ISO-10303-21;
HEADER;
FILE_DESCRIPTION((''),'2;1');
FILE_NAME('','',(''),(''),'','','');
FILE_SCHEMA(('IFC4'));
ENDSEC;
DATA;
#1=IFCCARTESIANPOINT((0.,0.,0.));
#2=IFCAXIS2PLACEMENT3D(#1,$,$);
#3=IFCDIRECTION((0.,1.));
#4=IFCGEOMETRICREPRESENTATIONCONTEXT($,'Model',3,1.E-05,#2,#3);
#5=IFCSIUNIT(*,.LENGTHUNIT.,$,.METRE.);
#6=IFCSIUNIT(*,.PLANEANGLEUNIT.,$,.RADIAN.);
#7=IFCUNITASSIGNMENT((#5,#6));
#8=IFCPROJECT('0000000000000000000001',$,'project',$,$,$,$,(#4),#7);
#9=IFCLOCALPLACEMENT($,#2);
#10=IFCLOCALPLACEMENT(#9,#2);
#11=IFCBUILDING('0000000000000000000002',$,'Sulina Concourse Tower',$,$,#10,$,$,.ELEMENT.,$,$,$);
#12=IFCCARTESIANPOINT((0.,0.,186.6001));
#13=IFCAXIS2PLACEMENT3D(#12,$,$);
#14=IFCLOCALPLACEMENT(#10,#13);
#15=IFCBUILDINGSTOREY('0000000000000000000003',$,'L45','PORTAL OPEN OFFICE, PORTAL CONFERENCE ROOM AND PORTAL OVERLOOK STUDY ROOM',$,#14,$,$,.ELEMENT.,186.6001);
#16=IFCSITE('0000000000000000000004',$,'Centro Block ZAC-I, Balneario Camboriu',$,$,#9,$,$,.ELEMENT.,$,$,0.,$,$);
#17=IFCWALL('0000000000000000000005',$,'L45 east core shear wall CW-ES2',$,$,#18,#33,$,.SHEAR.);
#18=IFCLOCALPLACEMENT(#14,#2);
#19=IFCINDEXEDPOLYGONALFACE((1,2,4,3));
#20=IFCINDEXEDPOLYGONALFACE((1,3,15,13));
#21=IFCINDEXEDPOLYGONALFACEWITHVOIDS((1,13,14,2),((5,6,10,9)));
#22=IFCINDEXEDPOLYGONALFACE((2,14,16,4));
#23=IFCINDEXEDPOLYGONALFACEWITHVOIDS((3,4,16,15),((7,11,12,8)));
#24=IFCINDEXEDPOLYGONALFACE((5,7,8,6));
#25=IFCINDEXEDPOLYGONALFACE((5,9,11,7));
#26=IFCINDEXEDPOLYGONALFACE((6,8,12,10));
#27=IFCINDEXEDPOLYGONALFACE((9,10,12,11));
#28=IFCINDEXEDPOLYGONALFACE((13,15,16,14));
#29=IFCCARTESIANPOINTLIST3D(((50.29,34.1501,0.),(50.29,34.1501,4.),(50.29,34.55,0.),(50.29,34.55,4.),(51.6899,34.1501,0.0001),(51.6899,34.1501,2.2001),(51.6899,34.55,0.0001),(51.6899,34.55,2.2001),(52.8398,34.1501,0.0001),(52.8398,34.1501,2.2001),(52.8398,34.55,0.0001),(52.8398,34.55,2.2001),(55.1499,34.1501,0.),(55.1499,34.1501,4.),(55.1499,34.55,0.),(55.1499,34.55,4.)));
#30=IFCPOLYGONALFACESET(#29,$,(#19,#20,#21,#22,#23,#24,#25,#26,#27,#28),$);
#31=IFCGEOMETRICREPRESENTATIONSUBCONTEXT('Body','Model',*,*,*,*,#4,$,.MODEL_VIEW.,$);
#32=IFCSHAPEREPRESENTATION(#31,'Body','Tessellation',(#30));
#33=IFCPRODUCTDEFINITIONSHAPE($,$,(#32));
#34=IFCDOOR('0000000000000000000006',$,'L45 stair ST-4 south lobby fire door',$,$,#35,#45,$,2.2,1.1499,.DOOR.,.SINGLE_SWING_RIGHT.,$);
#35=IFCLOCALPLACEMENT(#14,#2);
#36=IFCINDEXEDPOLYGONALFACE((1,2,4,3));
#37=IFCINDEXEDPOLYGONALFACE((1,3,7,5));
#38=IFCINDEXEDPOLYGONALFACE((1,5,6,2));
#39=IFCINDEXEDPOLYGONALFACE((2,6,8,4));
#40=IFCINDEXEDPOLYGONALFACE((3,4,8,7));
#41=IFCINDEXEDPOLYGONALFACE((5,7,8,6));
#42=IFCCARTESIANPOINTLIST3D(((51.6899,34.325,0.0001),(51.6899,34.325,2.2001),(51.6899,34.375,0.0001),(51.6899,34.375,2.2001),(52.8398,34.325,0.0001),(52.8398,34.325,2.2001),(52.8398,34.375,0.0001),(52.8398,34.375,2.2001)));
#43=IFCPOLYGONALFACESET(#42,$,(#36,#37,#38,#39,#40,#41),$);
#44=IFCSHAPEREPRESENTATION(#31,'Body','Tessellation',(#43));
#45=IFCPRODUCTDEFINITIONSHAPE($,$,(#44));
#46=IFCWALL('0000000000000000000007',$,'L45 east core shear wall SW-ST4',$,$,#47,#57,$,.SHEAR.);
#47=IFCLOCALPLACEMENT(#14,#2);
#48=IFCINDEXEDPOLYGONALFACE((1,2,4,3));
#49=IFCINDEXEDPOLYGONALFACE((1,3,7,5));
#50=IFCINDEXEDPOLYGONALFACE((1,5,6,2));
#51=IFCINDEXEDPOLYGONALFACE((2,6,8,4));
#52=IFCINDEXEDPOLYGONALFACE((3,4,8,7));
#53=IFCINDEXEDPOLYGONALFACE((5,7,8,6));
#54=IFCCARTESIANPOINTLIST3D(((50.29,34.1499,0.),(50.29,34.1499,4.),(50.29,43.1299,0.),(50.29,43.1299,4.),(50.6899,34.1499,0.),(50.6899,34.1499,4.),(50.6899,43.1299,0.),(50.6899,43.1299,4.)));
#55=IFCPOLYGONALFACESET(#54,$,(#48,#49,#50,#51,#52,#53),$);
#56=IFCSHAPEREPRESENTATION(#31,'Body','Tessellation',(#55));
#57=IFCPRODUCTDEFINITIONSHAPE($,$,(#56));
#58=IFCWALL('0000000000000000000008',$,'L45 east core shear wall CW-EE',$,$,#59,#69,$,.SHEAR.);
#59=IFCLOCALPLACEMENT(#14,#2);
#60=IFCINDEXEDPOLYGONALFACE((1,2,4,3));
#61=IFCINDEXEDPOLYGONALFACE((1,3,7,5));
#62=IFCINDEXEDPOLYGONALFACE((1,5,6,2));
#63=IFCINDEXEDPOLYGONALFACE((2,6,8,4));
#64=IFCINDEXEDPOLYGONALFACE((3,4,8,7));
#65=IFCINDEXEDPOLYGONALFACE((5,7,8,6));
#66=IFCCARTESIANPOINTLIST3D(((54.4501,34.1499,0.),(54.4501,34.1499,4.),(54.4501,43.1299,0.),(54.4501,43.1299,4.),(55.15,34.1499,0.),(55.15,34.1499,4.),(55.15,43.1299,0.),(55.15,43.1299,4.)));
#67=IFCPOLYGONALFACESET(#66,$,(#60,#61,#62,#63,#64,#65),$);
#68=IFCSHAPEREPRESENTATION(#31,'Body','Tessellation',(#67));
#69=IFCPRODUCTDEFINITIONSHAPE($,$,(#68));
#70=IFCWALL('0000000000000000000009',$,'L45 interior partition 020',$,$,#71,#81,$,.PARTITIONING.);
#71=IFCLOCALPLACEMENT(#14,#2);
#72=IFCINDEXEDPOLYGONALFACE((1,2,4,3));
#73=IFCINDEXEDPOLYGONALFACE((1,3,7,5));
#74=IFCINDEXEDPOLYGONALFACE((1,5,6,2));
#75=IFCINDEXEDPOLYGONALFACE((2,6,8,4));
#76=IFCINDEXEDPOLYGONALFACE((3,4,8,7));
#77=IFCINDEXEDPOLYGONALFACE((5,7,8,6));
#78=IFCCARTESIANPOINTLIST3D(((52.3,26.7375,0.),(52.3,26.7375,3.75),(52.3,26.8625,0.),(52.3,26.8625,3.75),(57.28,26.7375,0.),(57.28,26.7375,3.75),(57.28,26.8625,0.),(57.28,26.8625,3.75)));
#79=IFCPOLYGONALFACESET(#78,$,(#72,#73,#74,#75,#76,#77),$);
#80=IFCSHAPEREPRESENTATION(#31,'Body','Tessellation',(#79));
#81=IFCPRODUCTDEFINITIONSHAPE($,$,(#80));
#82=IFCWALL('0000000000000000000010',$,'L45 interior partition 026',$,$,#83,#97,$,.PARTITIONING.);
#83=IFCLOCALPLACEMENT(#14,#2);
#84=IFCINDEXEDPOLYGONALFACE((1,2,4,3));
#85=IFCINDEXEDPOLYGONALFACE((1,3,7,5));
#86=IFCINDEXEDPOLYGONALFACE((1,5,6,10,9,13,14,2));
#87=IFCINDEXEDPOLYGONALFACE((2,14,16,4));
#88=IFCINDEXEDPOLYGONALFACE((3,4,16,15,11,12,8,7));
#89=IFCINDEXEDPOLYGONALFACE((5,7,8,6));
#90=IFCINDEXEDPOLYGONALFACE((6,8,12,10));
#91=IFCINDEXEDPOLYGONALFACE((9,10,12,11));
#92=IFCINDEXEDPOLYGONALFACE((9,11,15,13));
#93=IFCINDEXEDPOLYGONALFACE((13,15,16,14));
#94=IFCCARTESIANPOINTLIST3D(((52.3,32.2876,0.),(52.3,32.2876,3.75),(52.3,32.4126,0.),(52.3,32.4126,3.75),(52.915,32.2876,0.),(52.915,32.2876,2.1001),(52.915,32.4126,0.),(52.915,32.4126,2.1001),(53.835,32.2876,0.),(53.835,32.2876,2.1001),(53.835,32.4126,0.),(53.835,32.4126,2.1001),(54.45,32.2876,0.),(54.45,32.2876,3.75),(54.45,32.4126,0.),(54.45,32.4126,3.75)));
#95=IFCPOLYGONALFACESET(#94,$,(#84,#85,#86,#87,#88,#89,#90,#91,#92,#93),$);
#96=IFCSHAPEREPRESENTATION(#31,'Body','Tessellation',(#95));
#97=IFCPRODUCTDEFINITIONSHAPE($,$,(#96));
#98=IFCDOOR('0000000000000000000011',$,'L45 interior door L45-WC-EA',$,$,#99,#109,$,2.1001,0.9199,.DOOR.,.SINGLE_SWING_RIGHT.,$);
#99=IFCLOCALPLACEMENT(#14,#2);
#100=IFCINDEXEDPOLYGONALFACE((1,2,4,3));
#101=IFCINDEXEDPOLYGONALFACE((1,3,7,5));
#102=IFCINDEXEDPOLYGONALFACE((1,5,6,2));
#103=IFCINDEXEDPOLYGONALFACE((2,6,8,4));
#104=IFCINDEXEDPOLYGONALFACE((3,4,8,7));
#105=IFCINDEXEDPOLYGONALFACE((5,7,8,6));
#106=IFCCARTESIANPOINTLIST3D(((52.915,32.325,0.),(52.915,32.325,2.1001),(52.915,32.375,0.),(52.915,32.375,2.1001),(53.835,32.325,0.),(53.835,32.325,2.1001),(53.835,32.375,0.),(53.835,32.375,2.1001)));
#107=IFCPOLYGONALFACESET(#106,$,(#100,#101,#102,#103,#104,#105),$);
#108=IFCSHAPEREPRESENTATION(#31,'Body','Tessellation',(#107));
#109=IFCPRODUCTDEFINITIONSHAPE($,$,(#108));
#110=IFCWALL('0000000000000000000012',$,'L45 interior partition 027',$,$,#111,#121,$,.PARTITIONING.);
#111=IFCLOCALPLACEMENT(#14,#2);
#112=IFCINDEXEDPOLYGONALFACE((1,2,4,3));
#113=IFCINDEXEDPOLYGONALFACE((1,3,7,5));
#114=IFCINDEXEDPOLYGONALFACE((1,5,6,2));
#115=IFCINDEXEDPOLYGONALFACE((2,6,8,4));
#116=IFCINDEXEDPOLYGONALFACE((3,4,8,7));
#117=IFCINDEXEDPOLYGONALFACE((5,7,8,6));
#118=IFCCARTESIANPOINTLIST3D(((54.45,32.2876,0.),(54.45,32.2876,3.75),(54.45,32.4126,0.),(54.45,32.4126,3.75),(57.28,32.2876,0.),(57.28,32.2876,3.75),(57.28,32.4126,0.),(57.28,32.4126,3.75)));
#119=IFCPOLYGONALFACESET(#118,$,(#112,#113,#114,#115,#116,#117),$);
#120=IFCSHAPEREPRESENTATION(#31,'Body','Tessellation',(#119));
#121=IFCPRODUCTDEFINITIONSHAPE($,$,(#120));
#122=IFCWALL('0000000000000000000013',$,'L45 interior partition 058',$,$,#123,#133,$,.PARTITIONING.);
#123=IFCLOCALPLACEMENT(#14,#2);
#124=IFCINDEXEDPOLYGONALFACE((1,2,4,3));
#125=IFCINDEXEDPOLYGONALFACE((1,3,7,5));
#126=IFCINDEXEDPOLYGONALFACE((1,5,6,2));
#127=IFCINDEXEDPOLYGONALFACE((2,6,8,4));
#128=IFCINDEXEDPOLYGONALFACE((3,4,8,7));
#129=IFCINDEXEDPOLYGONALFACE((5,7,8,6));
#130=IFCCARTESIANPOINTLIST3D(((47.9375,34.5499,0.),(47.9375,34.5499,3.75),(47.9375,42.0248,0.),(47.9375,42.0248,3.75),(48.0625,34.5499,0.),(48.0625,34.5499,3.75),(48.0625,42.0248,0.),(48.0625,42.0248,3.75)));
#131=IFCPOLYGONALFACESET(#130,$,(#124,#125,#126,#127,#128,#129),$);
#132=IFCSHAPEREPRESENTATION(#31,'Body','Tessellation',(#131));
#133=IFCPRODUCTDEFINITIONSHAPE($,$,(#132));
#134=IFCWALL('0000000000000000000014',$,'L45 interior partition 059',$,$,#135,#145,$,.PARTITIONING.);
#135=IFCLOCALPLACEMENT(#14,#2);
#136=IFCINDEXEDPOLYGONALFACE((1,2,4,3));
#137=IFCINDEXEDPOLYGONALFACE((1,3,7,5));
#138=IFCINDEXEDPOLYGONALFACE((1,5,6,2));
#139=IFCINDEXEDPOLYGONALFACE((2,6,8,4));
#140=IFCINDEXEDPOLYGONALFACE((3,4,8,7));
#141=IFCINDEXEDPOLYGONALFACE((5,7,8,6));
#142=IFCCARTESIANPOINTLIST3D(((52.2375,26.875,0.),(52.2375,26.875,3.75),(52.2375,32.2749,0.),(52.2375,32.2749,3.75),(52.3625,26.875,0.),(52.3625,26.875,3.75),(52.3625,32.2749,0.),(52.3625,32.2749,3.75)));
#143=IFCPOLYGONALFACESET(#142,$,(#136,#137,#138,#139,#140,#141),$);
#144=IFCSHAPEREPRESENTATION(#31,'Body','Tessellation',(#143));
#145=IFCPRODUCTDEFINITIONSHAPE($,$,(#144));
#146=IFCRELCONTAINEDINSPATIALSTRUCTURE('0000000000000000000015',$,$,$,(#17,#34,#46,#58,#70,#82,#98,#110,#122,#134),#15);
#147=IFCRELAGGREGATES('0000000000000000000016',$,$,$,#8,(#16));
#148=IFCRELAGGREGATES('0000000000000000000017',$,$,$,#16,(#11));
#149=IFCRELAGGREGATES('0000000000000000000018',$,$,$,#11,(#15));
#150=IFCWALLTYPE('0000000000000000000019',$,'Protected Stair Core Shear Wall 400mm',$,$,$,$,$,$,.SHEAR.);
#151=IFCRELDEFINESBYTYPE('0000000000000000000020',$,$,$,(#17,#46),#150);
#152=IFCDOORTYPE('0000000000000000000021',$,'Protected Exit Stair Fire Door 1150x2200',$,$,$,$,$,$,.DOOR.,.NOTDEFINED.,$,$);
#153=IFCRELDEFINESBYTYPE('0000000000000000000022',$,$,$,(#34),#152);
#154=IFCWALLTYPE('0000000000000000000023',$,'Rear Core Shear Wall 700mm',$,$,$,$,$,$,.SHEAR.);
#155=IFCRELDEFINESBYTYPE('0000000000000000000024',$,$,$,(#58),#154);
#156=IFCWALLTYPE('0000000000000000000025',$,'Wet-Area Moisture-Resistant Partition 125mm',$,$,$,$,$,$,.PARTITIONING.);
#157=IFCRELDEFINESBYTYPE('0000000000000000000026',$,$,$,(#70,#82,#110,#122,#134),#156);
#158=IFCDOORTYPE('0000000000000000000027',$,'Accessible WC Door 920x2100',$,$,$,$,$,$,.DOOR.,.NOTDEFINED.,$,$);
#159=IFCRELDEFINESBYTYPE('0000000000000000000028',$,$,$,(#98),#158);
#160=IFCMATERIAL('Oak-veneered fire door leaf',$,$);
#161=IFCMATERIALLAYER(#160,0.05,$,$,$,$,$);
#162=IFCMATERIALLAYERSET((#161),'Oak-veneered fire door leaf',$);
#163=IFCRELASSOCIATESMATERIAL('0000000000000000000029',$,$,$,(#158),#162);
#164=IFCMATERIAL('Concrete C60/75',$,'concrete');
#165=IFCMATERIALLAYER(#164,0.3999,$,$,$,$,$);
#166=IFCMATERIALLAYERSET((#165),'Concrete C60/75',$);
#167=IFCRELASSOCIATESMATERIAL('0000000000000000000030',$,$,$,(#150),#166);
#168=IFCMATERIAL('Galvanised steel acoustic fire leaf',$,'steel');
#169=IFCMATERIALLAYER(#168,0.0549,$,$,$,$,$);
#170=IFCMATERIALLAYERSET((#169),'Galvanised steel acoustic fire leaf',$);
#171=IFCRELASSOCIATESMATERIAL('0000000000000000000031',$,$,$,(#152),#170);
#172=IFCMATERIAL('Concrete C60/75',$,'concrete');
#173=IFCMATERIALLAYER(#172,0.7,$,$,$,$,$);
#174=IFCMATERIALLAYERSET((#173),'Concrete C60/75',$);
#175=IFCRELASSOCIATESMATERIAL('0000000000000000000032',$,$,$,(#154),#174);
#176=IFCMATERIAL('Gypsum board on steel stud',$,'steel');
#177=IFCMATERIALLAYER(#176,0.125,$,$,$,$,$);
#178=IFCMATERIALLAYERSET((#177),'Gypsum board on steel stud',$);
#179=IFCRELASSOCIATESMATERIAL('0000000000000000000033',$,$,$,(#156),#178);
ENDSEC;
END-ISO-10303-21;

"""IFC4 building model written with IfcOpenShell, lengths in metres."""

from ifc_helpers import new_model, si_unit, direction, frame, frame_2d, origin, place, context, subcontext, project, spatial, rectangle, extrude, material, layer, layer_set, type_object, element, fill, save


model = new_model("IFC4")

# Units and contexts
model_context = context("Model", 3, precision=1e-05, world=origin(), true_north=direction((0.0, 1.0)))
body_context = subcontext(model_context, "Body", "Model", "MODEL_VIEW")
ifc_project = project(units=[si_unit("LENGTHUNIT", "METRE"), si_unit("PLANEANGLEUNIT", "RADIAN")], contexts=[model_context])

# Site, building, storey
site_placement = place(None, origin())
site = spatial("IfcSite", under=ifc_project, at=site_placement, Name="Centro Block ZAC-I, Balneario Camboriu", CompositionType="ELEMENT", RefElevation=0.0)
building_placement = place(site_placement, origin())
building = spatial("IfcBuilding", under=site, at=building_placement, Name="Sulina Concourse Tower", CompositionType="ELEMENT")
storey_placement = place(building_placement, frame((0.0, 0.0, 186.6001)))
storey = spatial("IfcBuildingStorey", under=building, at=storey_placement, Name="L45", Description="PORTAL OPEN OFFICE, PORTAL CONFERENCE ROOM AND PORTAL OVERLOOK STUDY ROOM", CompositionType="ELEMENT", Elevation=186.6001)

# Shared definitions
ifc_material_1 = material(Name="Oak-veneered fire door leaf")
ifc_layer_1 = layer(ifc_material_1, 0.05)
ifc_layer_set_1 = layer_set([ifc_layer_1], Name="Oak-veneered fire door leaf")
door_type_1 = type_object("IfcDoorType", Name="Accessible WC Door 920x2100", OperationType="NOTDEFINED", PredefinedType="DOOR", material=ifc_layer_set_1)

# Shared definitions
ifc_material_2 = material(Name="Concrete C60/75", Category="concrete")
ifc_layer_2 = layer(ifc_material_2, 0.3999)
ifc_layer_set_2 = layer_set([ifc_layer_2], Name="Concrete C60/75")
wall_type_1 = type_object("IfcWallType", Name="Protected Stair Core Shear Wall 400mm", PredefinedType="SHEAR", material=ifc_layer_set_2)

# Wall, opening, door
wall_1_placement = place(storey_placement, frame((50.29, 34.3501, 0.0), z_axis=(0.0, 0.0, 1.0), x_axis=(1.0, 0.0, 0.0)))
wall_1 = element("IfcWall", 1, at=wall_1_placement, inside=storey, type_object=wall_type_1, Name="L45 east core shear wall CW-ES2", PredefinedType="SHEAR", context=body_context, shape_type="SweptSolid", body=[
    extrude(rectangle(XDim=4.8599, YDim=0.3999, at=frame_2d((2.4299, 0.0))), origin(), (0.0, 0.0, 1.0), 4.0),
])
opening_1_placement = place(wall_1_placement, frame((1.3999, 0.0, 0.0)))
opening_1 = element("IfcOpeningElement", 2, at=opening_1_placement, cuts=wall_1, PredefinedType="OPENING", context=body_context, shape_type="SweptSolid", body=[
    extrude(rectangle(XDim=1.1499, YDim=2.2, at=frame_2d((0.575, 1.1001))), frame((0.0, 0.21, 0.0), z_axis=(0.0, -1.0, 0.0), x_axis=(1.0, 0.0, 0.0)), (0.0, 0.0, 1.0), 0.4199),
])
ifc_material_3 = material(Name="Galvanised steel acoustic fire leaf", Category="steel")
ifc_layer_3 = layer(ifc_material_3, 0.0549)
ifc_layer_set_3 = layer_set([ifc_layer_3], Name="Galvanised steel acoustic fire leaf")
door_type_2 = type_object("IfcDoorType", Name="Protected Exit Stair Fire Door 1150x2200", OperationType="NOTDEFINED", PredefinedType="DOOR", material=ifc_layer_set_3)
door_1_placement = place(opening_1_placement, origin())
door_1 = element("IfcDoor", 3, at=door_1_placement, inside=storey, type_object=door_type_2, Name="L45 stair ST-4 south lobby fire door", OperationType="SINGLE_SWING_RIGHT", OverallHeight=2.2, OverallWidth=1.1499, PredefinedType="DOOR", context=body_context, shape_type="SweptSolid", body=[
    extrude(rectangle(XDim=1.1499, YDim=2.2, at=frame_2d((0.575, 1.1001))), frame((0.0, 0.0249, 0.0), z_axis=(0.0, -1.0, 0.0), x_axis=(1.0, 0.0, 0.0)), (0.0, 0.0, 1.0), 0.05),
])
fill(opening_1, door_1)

# Walls
wall_2_placement = place(storey_placement, frame((50.49, 34.1499, 0.0), z_axis=(0.0, 0.0, 1.0), x_axis=(0.0, 1.0, 0.0)))
element("IfcWall", 4, at=wall_2_placement, inside=storey, type_object=wall_type_1, Name="L45 east core shear wall SW-ST4", PredefinedType="SHEAR", context=body_context, shape_type="SweptSolid", body=[
    extrude(rectangle(XDim=8.98, YDim=0.3999, at=frame_2d((4.49, 0.0))), origin(), (0.0, 0.0, 1.0), 4.0),
])
ifc_material_4 = material(Name="Concrete C60/75", Category="concrete")
ifc_layer_4 = layer(ifc_material_4, 0.7)
ifc_layer_set_4 = layer_set([ifc_layer_4], Name="Concrete C60/75")
wall_type_2 = type_object("IfcWallType", Name="Rear Core Shear Wall 700mm", PredefinedType="SHEAR", material=ifc_layer_set_4)
wall_3_placement = place(storey_placement, frame((54.8, 34.1499, 0.0), z_axis=(0.0, 0.0, 1.0), x_axis=(0.0, 1.0, 0.0)))
element("IfcWall", 5, at=wall_3_placement, inside=storey, type_object=wall_type_2, Name="L45 east core shear wall CW-EE", PredefinedType="SHEAR", context=body_context, shape_type="SweptSolid", body=[
    extrude(rectangle(XDim=8.98, YDim=0.7, at=frame_2d((4.49, 0.0))), origin(), (0.0, 0.0, 1.0), 4.0),
])
ifc_material_5 = material(Name="Gypsum board on steel stud", Category="steel")
ifc_layer_5 = layer(ifc_material_5, 0.125)
ifc_layer_set_5 = layer_set([ifc_layer_5], Name="Gypsum board on steel stud")
wall_type_3 = type_object("IfcWallType", Name="Wet-Area Moisture-Resistant Partition 125mm", PredefinedType="PARTITIONING", material=ifc_layer_set_5)
wall_4_placement = place(storey_placement, frame((52.3, 26.8, 0.0), z_axis=(0.0, 0.0, 1.0), x_axis=(1.0, 0.0, 0.0)))
element("IfcWall", 6, at=wall_4_placement, inside=storey, type_object=wall_type_3, Name="L45 interior partition 020", PredefinedType="PARTITIONING", context=body_context, shape_type="SweptSolid", body=[
    extrude(rectangle(XDim=4.98, YDim=0.125, at=frame_2d((2.49, 0.0))), origin(), (0.0, 0.0, 1.0), 3.75),
])

# Wall, opening, door
wall_5_placement = place(storey_placement, frame((52.3, 32.3501, 0.0), z_axis=(0.0, 0.0, 1.0), x_axis=(1.0, 0.0, 0.0)))
wall_5 = element("IfcWall", 7, at=wall_5_placement, inside=storey, type_object=wall_type_3, Name="L45 interior partition 026", PredefinedType="PARTITIONING", context=body_context, shape_type="SweptSolid", body=[
    extrude(rectangle(XDim=2.1499, YDim=0.125, at=frame_2d((1.075, 0.0))), origin(), (0.0, 0.0, 1.0), 3.75),
])
opening_2_placement = place(wall_5_placement, frame((0.615, 0.0, 0.0)))
opening_2 = element("IfcOpeningElement", 8, at=opening_2_placement, cuts=wall_5, PredefinedType="OPENING", context=body_context, shape_type="SweptSolid", body=[
    extrude(rectangle(XDim=0.9199, YDim=2.1001, at=frame_2d((0.46, 1.05))), frame((0.0, 0.0725, 0.0), z_axis=(0.0, -1.0, 0.0), x_axis=(1.0, 0.0, 0.0)), (0.0, 0.0, 1.0), 0.145),
])
door_2_placement = place(opening_2_placement, origin())
door_2 = element("IfcDoor", 9, at=door_2_placement, inside=storey, type_object=door_type_1, Name="L45 interior door L45-WC-EA", OperationType="SINGLE_SWING_RIGHT", OverallHeight=2.1001, OverallWidth=0.9199, PredefinedType="DOOR", context=body_context, shape_type="SweptSolid", body=[
    extrude(rectangle(XDim=0.9199, YDim=2.1001, at=frame_2d((0.46, 1.05))), frame((0.0, 0.0249, 0.0), z_axis=(0.0, -1.0, 0.0), x_axis=(1.0, 0.0, 0.0)), (0.0, 0.0, 1.0), 0.05),
])
fill(opening_2, door_2)

# Walls
wall_6_placement = place(storey_placement, frame((54.45, 32.3501, 0.0), z_axis=(0.0, 0.0, 1.0), x_axis=(1.0, 0.0, 0.0)))
element("IfcWall", 10, at=wall_6_placement, inside=storey, type_object=wall_type_3, Name="L45 interior partition 027", PredefinedType="PARTITIONING", context=body_context, shape_type="SweptSolid", body=[
    extrude(rectangle(XDim=2.8301, YDim=0.125, at=frame_2d((1.415, 0.0))), origin(), (0.0, 0.0, 1.0), 3.75),
])
wall_7_placement = place(storey_placement, frame((48.0, 34.55, 0.0), z_axis=(0.0, 0.0, 1.0), x_axis=(0.0, 1.0, 0.0)))
element("IfcWall", 11, at=wall_7_placement, inside=storey, type_object=wall_type_3, Name="L45 interior partition 058", PredefinedType="PARTITIONING", context=body_context, shape_type="SweptSolid", body=[
    extrude(rectangle(XDim=7.4749, YDim=0.125, at=frame_2d((3.7373, 0.0))), origin(), (0.0, 0.0, 1.0), 3.75),
])
wall_8_placement = place(storey_placement, frame((52.3, 26.875, 0.0), z_axis=(0.0, 0.0, 1.0), x_axis=(0.0, 1.0, 0.0)))
element("IfcWall", 12, at=wall_8_placement, inside=storey, type_object=wall_type_3, Name="L45 interior partition 059", PredefinedType="PARTITIONING", context=body_context, shape_type="SweptSolid", body=[
    extrude(rectangle(XDim=5.3999, YDim=0.125, at=frame_2d((2.7, 0.0))), origin(), (0.0, 0.0, 1.0), 3.75),
])

save(model, "model.ifc")
